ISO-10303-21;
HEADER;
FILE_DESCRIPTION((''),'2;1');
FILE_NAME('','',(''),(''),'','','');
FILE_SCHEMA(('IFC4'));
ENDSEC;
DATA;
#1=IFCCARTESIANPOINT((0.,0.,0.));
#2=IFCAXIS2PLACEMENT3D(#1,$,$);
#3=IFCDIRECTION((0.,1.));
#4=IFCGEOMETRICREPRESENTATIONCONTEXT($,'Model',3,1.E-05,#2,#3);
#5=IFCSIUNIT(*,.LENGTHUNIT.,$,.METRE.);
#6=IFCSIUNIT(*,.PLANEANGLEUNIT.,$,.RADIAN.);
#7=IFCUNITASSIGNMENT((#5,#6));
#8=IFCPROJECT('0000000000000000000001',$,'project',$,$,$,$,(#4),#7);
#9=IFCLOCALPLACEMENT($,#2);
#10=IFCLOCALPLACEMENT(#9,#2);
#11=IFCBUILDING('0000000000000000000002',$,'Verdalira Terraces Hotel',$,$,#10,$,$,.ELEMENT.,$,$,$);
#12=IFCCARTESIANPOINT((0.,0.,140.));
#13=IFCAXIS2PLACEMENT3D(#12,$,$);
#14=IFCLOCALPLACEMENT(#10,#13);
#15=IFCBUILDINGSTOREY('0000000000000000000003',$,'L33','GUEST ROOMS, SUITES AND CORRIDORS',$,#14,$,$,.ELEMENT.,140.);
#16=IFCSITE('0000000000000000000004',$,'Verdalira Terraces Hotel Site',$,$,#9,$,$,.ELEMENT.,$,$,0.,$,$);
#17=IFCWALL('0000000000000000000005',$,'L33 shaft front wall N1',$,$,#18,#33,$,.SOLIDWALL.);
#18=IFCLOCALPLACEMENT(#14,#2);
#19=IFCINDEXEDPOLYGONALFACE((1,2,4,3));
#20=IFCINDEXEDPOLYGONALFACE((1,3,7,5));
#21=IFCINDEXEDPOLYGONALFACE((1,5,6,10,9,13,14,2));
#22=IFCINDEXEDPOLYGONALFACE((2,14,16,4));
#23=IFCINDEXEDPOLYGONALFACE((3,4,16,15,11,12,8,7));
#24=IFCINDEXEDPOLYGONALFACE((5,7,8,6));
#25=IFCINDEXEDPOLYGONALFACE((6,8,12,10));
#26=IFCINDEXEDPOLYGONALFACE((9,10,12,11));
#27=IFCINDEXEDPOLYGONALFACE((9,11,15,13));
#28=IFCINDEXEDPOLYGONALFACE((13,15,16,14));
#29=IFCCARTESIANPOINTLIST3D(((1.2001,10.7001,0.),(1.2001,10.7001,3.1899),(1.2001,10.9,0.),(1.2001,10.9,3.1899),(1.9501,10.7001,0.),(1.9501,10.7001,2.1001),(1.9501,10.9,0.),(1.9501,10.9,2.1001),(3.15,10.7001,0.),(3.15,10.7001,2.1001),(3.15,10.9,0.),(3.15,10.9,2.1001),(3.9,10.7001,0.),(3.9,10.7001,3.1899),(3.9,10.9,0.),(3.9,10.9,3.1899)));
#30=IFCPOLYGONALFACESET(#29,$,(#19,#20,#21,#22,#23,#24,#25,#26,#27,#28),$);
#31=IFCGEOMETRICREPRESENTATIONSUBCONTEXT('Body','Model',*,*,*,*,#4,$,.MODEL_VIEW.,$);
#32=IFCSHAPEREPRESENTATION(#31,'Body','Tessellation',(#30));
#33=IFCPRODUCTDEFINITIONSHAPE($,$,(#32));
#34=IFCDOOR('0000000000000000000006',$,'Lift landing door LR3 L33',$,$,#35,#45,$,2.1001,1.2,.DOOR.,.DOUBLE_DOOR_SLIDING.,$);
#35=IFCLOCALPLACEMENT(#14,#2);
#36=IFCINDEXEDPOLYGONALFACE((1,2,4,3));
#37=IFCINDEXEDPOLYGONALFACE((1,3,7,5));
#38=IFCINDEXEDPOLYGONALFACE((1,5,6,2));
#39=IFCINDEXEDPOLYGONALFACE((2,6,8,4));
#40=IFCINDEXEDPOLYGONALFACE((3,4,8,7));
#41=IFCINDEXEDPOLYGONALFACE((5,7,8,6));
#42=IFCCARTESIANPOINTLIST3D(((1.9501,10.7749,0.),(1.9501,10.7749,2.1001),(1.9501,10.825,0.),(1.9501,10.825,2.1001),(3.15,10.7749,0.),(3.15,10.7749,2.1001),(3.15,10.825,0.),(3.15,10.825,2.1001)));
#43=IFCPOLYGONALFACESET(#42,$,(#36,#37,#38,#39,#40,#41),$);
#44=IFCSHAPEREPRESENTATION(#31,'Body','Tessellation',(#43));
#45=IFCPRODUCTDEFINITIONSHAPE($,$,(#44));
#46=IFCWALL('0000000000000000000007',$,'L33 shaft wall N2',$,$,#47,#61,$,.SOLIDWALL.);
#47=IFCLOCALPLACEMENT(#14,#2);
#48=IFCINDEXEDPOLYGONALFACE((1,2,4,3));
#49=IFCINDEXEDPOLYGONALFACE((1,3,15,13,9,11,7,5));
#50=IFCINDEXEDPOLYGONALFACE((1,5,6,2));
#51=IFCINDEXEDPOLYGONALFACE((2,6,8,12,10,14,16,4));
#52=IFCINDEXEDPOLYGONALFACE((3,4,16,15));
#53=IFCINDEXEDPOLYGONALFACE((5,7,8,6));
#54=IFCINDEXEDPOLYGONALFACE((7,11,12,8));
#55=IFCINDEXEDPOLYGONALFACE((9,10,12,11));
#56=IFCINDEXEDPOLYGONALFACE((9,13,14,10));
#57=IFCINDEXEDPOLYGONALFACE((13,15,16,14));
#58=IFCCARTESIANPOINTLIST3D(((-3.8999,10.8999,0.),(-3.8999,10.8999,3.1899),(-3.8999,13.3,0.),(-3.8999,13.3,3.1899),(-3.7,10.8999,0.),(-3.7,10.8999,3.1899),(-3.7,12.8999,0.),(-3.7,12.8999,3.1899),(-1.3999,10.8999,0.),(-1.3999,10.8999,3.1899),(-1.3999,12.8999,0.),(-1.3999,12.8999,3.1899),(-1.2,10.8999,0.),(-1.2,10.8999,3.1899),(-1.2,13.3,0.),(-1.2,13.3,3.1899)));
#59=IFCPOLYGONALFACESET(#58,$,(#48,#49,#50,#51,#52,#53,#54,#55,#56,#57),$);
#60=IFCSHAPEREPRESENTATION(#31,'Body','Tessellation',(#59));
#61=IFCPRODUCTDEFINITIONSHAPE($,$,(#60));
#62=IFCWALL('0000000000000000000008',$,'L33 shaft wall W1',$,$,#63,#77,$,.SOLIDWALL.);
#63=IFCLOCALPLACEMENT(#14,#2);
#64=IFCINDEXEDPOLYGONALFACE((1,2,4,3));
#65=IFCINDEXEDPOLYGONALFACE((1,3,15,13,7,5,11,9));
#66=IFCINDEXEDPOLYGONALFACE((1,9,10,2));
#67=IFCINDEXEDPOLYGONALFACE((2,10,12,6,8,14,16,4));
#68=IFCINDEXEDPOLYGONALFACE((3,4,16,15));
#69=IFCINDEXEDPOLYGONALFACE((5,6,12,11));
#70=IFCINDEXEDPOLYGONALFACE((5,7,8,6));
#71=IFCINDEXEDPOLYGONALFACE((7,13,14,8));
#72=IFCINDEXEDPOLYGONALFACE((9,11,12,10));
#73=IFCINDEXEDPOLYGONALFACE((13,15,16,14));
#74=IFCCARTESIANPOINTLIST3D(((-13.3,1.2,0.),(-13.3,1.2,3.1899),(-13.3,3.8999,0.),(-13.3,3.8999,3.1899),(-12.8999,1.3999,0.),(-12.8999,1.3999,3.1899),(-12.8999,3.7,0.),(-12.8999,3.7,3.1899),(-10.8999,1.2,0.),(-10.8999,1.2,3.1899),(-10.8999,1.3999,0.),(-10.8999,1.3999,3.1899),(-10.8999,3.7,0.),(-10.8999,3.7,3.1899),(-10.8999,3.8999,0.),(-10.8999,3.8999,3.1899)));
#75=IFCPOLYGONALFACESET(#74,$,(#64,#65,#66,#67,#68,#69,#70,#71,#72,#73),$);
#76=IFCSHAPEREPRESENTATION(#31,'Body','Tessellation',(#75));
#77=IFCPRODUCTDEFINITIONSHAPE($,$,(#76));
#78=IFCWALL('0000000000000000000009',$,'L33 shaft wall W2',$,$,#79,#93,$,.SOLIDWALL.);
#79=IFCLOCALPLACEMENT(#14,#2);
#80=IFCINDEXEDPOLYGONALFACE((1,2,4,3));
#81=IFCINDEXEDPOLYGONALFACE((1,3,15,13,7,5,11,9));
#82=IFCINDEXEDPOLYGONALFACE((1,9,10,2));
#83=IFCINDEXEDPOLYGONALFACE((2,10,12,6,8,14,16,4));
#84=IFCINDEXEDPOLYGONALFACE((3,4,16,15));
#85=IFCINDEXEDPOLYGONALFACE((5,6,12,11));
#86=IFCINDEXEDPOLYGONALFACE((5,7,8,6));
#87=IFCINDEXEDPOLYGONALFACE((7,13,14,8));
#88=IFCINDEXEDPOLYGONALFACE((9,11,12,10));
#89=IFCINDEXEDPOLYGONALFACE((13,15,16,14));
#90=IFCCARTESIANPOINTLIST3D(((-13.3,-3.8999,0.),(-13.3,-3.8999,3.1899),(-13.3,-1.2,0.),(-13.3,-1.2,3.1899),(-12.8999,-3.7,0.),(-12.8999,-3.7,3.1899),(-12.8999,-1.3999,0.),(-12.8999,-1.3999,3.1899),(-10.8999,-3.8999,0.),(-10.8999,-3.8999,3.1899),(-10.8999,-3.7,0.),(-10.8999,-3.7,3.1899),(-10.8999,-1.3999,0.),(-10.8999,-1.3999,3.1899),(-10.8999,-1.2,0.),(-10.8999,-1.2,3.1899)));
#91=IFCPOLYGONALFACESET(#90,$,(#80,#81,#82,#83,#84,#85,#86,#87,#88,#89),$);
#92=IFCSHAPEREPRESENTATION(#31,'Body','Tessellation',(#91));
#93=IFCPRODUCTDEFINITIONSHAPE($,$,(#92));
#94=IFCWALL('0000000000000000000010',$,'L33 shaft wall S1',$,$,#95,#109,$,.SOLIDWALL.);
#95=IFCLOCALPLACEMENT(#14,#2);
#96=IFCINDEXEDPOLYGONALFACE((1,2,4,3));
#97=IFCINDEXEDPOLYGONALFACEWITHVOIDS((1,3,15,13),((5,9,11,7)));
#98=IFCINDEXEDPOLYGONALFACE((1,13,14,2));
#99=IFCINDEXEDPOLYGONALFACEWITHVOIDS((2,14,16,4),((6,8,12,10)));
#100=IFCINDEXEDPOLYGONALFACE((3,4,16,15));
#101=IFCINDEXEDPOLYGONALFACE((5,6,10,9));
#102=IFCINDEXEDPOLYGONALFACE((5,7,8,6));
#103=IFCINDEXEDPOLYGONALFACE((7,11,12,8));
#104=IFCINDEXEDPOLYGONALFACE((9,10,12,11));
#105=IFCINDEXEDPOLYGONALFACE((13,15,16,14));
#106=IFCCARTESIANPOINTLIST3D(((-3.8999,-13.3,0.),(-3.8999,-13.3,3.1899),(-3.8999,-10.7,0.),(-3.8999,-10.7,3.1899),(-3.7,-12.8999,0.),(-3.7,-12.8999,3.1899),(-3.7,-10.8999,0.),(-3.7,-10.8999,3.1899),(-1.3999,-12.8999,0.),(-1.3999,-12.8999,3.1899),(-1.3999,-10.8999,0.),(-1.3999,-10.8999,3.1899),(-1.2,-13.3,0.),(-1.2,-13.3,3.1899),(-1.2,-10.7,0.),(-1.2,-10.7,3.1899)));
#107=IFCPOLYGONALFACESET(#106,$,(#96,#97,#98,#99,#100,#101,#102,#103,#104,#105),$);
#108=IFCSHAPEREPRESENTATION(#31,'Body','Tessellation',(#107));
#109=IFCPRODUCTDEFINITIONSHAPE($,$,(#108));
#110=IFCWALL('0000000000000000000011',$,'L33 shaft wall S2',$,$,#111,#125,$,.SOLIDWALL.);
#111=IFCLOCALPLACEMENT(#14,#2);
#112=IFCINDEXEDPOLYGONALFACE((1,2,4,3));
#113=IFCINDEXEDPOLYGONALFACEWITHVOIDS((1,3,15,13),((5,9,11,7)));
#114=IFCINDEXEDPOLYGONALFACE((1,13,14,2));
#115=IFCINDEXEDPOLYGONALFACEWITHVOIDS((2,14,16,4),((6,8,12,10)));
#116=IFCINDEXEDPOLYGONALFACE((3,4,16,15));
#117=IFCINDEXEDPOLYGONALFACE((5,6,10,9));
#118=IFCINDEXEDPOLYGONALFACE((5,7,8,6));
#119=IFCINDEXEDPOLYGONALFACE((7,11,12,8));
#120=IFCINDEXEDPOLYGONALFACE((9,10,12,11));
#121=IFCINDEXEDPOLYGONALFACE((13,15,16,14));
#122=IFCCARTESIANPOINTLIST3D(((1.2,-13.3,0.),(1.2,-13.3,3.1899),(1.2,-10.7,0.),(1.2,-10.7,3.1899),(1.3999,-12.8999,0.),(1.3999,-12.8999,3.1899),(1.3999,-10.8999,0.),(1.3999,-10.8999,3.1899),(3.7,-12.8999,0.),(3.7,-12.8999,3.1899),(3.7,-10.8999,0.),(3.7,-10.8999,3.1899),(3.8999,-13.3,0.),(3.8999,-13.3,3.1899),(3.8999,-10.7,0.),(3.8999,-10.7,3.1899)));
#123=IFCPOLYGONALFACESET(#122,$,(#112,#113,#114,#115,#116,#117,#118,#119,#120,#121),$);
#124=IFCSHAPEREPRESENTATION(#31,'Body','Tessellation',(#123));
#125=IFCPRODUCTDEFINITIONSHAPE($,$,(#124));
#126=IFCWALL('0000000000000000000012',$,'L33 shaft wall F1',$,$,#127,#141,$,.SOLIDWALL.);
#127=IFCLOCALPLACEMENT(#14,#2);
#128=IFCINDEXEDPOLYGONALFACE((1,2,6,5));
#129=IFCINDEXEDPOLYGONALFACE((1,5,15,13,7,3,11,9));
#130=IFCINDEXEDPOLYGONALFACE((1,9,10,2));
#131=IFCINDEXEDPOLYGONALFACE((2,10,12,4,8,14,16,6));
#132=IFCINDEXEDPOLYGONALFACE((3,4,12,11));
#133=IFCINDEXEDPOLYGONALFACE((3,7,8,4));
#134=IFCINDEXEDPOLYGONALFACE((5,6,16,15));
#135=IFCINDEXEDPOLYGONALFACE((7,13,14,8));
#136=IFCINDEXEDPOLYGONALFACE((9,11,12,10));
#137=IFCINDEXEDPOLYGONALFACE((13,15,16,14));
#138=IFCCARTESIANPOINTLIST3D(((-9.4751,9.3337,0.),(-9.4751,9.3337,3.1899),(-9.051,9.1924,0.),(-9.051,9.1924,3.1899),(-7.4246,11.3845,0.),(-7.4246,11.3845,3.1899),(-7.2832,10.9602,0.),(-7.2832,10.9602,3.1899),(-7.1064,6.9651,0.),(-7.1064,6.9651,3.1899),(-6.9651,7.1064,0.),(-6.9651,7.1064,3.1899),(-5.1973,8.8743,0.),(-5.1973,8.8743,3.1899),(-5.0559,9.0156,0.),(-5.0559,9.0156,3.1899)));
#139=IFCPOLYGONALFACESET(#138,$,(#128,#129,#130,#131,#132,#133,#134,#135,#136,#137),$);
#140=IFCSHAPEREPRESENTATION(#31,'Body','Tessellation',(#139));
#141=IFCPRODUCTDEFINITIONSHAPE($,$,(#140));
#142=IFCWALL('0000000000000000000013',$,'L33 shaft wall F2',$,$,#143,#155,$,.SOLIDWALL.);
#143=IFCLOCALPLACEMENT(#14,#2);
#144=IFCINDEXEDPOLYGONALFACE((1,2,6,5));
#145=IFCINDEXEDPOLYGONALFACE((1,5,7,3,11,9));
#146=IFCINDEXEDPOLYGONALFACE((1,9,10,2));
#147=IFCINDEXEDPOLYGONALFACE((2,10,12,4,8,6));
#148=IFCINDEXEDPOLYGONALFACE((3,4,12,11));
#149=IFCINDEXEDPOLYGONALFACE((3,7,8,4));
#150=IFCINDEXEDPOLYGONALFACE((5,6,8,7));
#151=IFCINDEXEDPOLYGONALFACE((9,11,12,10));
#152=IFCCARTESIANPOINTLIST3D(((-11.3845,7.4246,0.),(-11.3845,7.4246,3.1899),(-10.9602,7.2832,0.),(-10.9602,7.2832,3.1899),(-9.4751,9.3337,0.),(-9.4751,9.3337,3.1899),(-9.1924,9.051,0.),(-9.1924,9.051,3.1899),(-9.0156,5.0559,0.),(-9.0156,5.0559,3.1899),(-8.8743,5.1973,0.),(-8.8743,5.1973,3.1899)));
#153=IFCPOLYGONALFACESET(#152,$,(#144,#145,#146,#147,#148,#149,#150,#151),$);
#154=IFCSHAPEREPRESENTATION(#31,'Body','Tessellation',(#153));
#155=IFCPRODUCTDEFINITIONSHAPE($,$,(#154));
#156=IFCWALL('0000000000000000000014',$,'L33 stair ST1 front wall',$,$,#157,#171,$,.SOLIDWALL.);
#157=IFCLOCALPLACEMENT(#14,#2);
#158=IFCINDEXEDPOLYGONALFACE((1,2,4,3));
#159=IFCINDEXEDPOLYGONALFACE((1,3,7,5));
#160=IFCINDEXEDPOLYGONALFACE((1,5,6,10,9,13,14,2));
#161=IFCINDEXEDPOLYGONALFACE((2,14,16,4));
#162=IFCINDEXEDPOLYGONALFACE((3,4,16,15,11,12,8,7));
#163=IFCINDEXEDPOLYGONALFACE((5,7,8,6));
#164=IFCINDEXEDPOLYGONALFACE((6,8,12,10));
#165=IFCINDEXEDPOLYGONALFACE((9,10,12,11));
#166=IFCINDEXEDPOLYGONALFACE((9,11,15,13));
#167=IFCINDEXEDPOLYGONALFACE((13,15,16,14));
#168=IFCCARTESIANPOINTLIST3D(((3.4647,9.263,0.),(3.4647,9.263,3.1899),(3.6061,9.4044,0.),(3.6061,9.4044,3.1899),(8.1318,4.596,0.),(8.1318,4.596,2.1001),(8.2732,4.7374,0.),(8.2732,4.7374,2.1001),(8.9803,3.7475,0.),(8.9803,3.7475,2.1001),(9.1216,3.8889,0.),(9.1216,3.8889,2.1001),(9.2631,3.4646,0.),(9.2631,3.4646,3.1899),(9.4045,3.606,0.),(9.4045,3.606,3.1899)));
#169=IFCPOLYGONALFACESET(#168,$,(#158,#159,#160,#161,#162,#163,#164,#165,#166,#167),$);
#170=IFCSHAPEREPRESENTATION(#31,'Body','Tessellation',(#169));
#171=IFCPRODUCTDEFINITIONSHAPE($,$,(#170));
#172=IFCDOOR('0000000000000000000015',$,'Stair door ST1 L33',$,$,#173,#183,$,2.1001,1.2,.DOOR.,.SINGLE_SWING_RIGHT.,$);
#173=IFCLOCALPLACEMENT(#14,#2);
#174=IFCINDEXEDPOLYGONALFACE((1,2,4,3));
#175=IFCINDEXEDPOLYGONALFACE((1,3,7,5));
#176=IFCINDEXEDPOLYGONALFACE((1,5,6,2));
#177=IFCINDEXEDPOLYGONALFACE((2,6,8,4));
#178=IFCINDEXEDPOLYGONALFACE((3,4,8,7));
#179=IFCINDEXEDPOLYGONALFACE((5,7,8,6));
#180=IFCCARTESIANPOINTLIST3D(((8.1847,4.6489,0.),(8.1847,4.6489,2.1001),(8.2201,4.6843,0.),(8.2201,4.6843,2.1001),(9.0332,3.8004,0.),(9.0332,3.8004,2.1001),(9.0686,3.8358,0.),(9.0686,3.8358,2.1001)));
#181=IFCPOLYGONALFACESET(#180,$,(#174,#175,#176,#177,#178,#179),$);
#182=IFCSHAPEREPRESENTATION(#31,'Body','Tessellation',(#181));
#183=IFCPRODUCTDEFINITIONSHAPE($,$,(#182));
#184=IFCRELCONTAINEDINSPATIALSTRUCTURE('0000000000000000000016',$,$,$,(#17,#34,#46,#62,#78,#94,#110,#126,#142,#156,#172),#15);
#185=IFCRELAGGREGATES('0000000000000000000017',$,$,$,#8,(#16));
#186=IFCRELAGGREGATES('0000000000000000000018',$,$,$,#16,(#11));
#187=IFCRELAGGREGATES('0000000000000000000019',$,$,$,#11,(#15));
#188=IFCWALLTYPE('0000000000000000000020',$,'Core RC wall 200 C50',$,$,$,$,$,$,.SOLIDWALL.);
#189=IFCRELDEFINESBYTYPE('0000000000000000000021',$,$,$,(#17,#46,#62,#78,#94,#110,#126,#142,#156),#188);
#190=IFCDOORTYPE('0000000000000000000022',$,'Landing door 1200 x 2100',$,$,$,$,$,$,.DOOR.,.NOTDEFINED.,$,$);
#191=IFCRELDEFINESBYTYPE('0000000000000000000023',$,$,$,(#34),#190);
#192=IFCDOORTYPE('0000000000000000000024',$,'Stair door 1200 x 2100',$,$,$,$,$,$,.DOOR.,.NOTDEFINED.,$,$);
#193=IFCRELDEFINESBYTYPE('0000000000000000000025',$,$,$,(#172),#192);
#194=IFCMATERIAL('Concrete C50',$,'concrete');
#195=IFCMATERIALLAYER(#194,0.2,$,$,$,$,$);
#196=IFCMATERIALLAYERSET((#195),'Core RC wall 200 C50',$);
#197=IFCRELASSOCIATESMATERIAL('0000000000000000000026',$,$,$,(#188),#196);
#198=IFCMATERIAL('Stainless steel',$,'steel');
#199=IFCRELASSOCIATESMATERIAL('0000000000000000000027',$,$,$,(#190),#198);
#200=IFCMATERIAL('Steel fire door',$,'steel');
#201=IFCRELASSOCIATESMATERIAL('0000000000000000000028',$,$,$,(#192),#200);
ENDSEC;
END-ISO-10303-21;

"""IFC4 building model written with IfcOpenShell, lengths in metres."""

from ifc_helpers import new_model, si_unit, direction, frame, frame_2d, origin, place, context, subcontext, project, spatial, polyline, rectangle, outline, extrude, material, layer, layer_set, type_object, element, fill, save


model = new_model("IFC4")

# Units and contexts
model_context = context("Model", 3, precision=1e-05, world=origin(), true_north=direction((0.0, 1.0)))
body_context = subcontext(model_context, "Body", "Model", "MODEL_VIEW")
ifc_project = project(units=[si_unit("LENGTHUNIT", "METRE"), si_unit("PLANEANGLEUNIT", "RADIAN")], contexts=[model_context])

# Site, building, storey
site_placement = place(None, origin())
site = spatial("IfcSite", under=ifc_project, at=site_placement, Name="Verdalira Terraces Hotel Site", CompositionType="ELEMENT", RefElevation=0.0)
building_placement = place(site_placement, origin())
building = spatial("IfcBuilding", under=site, at=building_placement, Name="Verdalira Terraces Hotel", CompositionType="ELEMENT")
storey_placement = place(building_placement, frame((0.0, 0.0, 140.0)))
storey = spatial("IfcBuildingStorey", under=building, at=storey_placement, Name="L33", Description="GUEST ROOMS, SUITES AND CORRIDORS", CompositionType="ELEMENT", Elevation=140.0)

# Shared definitions
ifc_material_1 = material(Name="Concrete C50", Category="concrete")
ifc_layer_1 = layer(ifc_material_1, 0.2)
ifc_layer_set_1 = layer_set([ifc_layer_1], Name="Core RC wall 200 C50")
wall_type_1 = type_object("IfcWallType", Name="Core RC wall 200 C50", PredefinedType="SOLIDWALL", material=ifc_layer_set_1)
ifc_material_2 = material(Name="Stainless steel", Category="steel")
door_type_1 = type_object("IfcDoorType", Name="Landing door 1200 x 2100", OperationType="NOTDEFINED", PredefinedType="DOOR", material=ifc_material_2)

# Wall, opening, door
wall_1_placement = place(storey_placement, frame((1.2, 10.8, 0.0), z_axis=(0.0, 0.0, 1.0), x_axis=(1.0, 0.0, 0.0)))
wall_1 = element("IfcWall", 1, at=wall_1_placement, inside=storey, type_object=wall_type_1, Name="L33 shaft front wall N1", PredefinedType="SOLIDWALL", context=body_context, shape_type="SweptSolid", body=[
    extrude(rectangle(XDim=2.7, YDim=0.2, at=frame_2d((1.3501, 0.0))), origin(), (0.0, 0.0, 1.0), 3.1899),
])
opening_1_placement = place(wall_1_placement, frame((0.75, 0.0, 0.0)))
opening_1 = element("IfcOpeningElement", 2, at=opening_1_placement, cuts=wall_1, PredefinedType="OPENING", context=body_context, shape_type="SweptSolid", body=[
    extrude(rectangle(XDim=1.2, YDim=2.1001, at=frame_2d((0.6001, 1.05))), frame((0.0, 0.1099, 0.0), z_axis=(0.0, -1.0, 0.0), x_axis=(1.0, 0.0, 0.0)), (0.0, 0.0, 1.0), 0.22),
])
door_1_placement = place(opening_1_placement, origin())
door_1 = element("IfcDoor", 3, at=door_1_placement, inside=storey, type_object=door_type_1, Name="Lift landing door LR3 L33", OperationType="DOUBLE_DOOR_SLIDING", OverallHeight=2.1001, OverallWidth=1.2, PredefinedType="DOOR", context=body_context, shape_type="SweptSolid", body=[
    extrude(rectangle(XDim=1.2, YDim=2.1001, at=frame_2d((0.6001, 1.05))), frame((0.0, 0.0249, 0.0), z_axis=(0.0, -1.0, 0.0), x_axis=(1.0, 0.0, 0.0)), (0.0, 0.0, 1.0), 0.05),
])
fill(opening_1, door_1)

# Walls
wall_2_placement = place(storey_placement, origin())
element("IfcWall", 4, at=wall_2_placement, inside=storey, type_object=wall_type_1, Name="L33 shaft wall N2", PredefinedType="SOLIDWALL", context=body_context, shape_type="SweptSolid", body=[
    extrude(outline(polyline([(-3.8999, 10.8999), (-3.8999, 13.3), (-1.2, 13.3), (-1.2, 10.8999), (-1.3999, 10.8999), (-1.3999, 12.8999), (-3.7, 12.8999), (-3.7, 10.8999), (-3.8999, 10.8999)])), origin(), (0.0, 0.0, 1.0), 3.1899),
])
wall_3_placement = place(storey_placement, origin())
element("IfcWall", 5, at=wall_3_placement, inside=storey, type_object=wall_type_1, Name="L33 shaft wall W1", PredefinedType="SOLIDWALL", context=body_context, shape_type="SweptSolid", body=[
    extrude(outline(polyline([(-13.3, 3.8999), (-10.8999, 3.8999), (-10.8999, 3.7), (-12.8999, 3.7), (-12.8999, 1.3999), (-10.8999, 1.3999), (-10.8999, 1.2), (-13.3, 1.2), (-13.3, 3.8999)])), origin(), (0.0, 0.0, 1.0), 3.1899),
])
wall_4_placement = place(storey_placement, origin())
element("IfcWall", 6, at=wall_4_placement, inside=storey, type_object=wall_type_1, Name="L33 shaft wall W2", PredefinedType="SOLIDWALL", context=body_context, shape_type="SweptSolid", body=[
    extrude(outline(polyline([(-13.3, -3.8999), (-13.3, -1.2), (-10.8999, -1.2), (-10.8999, -1.3999), (-12.8999, -1.3999), (-12.8999, -3.7), (-10.8999, -3.7), (-10.8999, -3.8999), (-13.3, -3.8999)])), origin(), (0.0, 0.0, 1.0), 3.1899),
])
wall_5_placement = place(storey_placement, origin())
element("IfcWall", 7, at=wall_5_placement, inside=storey, type_object=wall_type_1, Name="L33 shaft wall S1", PredefinedType="SOLIDWALL", context=body_context, shape_type="SweptSolid", body=[
    extrude(outline(polyline([(-1.2, -13.3), (-3.8999, -13.3), (-3.8999, -10.7), (-1.2, -10.7), (-1.2, -13.3)]), holes=[polyline([(-3.7, -10.8999), (-3.7, -12.8999), (-1.3999, -12.8999), (-1.3999, -10.8999), (-3.7, -10.8999)])]), origin(), (0.0, 0.0, 1.0), 3.1899),
])
wall_6_placement = place(storey_placement, origin())
element("IfcWall", 8, at=wall_6_placement, inside=storey, type_object=wall_type_1, Name="L33 shaft wall S2", PredefinedType="SOLIDWALL", context=body_context, shape_type="SweptSolid", body=[
    extrude(outline(polyline([(3.8999, -10.7), (3.8999, -13.3), (1.2, -13.3), (1.2, -10.7), (3.8999, -10.7)]), holes=[polyline([(1.3999, -12.8999), (3.7, -12.8999), (3.7, -10.8999), (1.3999, -10.8999), (1.3999, -12.8999)])]), origin(), (0.0, 0.0, 1.0), 3.1899),
])
wall_7_placement = place(storey_placement, origin())
element("IfcWall", 9, at=wall_7_placement, inside=storey, type_object=wall_type_1, Name="L33 shaft wall F1", PredefinedType="SOLIDWALL", context=body_context, shape_type="SweptSolid", body=[
    extrude(outline(polyline([(-9.4751, 9.3337), (-7.4246, 11.3845), (-5.0559, 9.0156), (-5.1973, 8.8743), (-7.2832, 10.9602), (-9.051, 9.1924), (-6.9651, 7.1064), (-7.1064, 6.9651), (-9.4751, 9.3337)])), origin(), (0.0, 0.0, 1.0), 3.1899),
])
wall_8_placement = place(storey_placement, origin())
element("IfcWall", 10, at=wall_8_placement, inside=storey, type_object=wall_type_1, Name="L33 shaft wall F2", PredefinedType="SOLIDWALL", context=body_context, shape_type="SweptSolid", body=[
    extrude(outline(polyline([(-11.3845, 7.4246), (-9.4751, 9.3337), (-9.1924, 9.051), (-10.9602, 7.2832), (-8.8743, 5.1973), (-9.0156, 5.0559), (-11.3845, 7.4246)])), origin(), (0.0, 0.0, 1.0), 3.1899),
])

# Wall, opening, door
wall_9_placement = place(storey_placement, frame((3.5354, 9.3337, 0.0), z_axis=(0.0, 0.0, 1.0), x_axis=(0.707107, -0.707107, 0.0)))
wall_9 = element("IfcWall", 11, at=wall_9_placement, inside=storey, type_object=wall_type_1, Name="L33 stair ST1 front wall", PredefinedType="SOLIDWALL", context=body_context, shape_type="SweptSolid", body=[
    extrude(rectangle(XDim=8.2002, YDim=0.2, at=frame_2d((4.1001, 0.0))), origin(), (0.0, 0.0, 1.0), 3.1899),
])
opening_2_placement = place(wall_9_placement, frame((6.6001, 0.0, 0.0)))
opening_2 = element("IfcOpeningElement", 12, at=opening_2_placement, cuts=wall_9, PredefinedType="OPENING", context=body_context, shape_type="SweptSolid", body=[
    extrude(rectangle(XDim=1.2, YDim=2.1001, at=frame_2d((0.6001, 1.05))), frame((0.0, 0.1099, 0.0), z_axis=(0.0, -1.0, 0.0), x_axis=(1.0, 0.0, 0.0)), (0.0, 0.0, 1.0), 0.22),
])
ifc_material_3 = material(Name="Steel fire door", Category="steel")
door_type_2 = type_object("IfcDoorType", Name="Stair door 1200 x 2100", OperationType="NOTDEFINED", PredefinedType="DOOR", material=ifc_material_3)
door_2_placement = place(opening_2_placement, origin())
door_2 = element("IfcDoor", 13, at=door_2_placement, inside=storey, type_object=door_type_2, Name="Stair door ST1 L33", OperationType="SINGLE_SWING_RIGHT", OverallHeight=2.1001, OverallWidth=1.2, PredefinedType="DOOR", context=body_context, shape_type="SweptSolid", body=[
    extrude(rectangle(XDim=1.2, YDim=2.1001, at=frame_2d((0.6001, 1.05))), frame((0.0, 0.0249, 0.0), z_axis=(0.0, -1.0, 0.0), x_axis=(1.0, 0.0, 0.0)), (0.0, 0.0, 1.0), 0.05),
])
fill(opening_2, door_2)

save(model, "model.ifc")
